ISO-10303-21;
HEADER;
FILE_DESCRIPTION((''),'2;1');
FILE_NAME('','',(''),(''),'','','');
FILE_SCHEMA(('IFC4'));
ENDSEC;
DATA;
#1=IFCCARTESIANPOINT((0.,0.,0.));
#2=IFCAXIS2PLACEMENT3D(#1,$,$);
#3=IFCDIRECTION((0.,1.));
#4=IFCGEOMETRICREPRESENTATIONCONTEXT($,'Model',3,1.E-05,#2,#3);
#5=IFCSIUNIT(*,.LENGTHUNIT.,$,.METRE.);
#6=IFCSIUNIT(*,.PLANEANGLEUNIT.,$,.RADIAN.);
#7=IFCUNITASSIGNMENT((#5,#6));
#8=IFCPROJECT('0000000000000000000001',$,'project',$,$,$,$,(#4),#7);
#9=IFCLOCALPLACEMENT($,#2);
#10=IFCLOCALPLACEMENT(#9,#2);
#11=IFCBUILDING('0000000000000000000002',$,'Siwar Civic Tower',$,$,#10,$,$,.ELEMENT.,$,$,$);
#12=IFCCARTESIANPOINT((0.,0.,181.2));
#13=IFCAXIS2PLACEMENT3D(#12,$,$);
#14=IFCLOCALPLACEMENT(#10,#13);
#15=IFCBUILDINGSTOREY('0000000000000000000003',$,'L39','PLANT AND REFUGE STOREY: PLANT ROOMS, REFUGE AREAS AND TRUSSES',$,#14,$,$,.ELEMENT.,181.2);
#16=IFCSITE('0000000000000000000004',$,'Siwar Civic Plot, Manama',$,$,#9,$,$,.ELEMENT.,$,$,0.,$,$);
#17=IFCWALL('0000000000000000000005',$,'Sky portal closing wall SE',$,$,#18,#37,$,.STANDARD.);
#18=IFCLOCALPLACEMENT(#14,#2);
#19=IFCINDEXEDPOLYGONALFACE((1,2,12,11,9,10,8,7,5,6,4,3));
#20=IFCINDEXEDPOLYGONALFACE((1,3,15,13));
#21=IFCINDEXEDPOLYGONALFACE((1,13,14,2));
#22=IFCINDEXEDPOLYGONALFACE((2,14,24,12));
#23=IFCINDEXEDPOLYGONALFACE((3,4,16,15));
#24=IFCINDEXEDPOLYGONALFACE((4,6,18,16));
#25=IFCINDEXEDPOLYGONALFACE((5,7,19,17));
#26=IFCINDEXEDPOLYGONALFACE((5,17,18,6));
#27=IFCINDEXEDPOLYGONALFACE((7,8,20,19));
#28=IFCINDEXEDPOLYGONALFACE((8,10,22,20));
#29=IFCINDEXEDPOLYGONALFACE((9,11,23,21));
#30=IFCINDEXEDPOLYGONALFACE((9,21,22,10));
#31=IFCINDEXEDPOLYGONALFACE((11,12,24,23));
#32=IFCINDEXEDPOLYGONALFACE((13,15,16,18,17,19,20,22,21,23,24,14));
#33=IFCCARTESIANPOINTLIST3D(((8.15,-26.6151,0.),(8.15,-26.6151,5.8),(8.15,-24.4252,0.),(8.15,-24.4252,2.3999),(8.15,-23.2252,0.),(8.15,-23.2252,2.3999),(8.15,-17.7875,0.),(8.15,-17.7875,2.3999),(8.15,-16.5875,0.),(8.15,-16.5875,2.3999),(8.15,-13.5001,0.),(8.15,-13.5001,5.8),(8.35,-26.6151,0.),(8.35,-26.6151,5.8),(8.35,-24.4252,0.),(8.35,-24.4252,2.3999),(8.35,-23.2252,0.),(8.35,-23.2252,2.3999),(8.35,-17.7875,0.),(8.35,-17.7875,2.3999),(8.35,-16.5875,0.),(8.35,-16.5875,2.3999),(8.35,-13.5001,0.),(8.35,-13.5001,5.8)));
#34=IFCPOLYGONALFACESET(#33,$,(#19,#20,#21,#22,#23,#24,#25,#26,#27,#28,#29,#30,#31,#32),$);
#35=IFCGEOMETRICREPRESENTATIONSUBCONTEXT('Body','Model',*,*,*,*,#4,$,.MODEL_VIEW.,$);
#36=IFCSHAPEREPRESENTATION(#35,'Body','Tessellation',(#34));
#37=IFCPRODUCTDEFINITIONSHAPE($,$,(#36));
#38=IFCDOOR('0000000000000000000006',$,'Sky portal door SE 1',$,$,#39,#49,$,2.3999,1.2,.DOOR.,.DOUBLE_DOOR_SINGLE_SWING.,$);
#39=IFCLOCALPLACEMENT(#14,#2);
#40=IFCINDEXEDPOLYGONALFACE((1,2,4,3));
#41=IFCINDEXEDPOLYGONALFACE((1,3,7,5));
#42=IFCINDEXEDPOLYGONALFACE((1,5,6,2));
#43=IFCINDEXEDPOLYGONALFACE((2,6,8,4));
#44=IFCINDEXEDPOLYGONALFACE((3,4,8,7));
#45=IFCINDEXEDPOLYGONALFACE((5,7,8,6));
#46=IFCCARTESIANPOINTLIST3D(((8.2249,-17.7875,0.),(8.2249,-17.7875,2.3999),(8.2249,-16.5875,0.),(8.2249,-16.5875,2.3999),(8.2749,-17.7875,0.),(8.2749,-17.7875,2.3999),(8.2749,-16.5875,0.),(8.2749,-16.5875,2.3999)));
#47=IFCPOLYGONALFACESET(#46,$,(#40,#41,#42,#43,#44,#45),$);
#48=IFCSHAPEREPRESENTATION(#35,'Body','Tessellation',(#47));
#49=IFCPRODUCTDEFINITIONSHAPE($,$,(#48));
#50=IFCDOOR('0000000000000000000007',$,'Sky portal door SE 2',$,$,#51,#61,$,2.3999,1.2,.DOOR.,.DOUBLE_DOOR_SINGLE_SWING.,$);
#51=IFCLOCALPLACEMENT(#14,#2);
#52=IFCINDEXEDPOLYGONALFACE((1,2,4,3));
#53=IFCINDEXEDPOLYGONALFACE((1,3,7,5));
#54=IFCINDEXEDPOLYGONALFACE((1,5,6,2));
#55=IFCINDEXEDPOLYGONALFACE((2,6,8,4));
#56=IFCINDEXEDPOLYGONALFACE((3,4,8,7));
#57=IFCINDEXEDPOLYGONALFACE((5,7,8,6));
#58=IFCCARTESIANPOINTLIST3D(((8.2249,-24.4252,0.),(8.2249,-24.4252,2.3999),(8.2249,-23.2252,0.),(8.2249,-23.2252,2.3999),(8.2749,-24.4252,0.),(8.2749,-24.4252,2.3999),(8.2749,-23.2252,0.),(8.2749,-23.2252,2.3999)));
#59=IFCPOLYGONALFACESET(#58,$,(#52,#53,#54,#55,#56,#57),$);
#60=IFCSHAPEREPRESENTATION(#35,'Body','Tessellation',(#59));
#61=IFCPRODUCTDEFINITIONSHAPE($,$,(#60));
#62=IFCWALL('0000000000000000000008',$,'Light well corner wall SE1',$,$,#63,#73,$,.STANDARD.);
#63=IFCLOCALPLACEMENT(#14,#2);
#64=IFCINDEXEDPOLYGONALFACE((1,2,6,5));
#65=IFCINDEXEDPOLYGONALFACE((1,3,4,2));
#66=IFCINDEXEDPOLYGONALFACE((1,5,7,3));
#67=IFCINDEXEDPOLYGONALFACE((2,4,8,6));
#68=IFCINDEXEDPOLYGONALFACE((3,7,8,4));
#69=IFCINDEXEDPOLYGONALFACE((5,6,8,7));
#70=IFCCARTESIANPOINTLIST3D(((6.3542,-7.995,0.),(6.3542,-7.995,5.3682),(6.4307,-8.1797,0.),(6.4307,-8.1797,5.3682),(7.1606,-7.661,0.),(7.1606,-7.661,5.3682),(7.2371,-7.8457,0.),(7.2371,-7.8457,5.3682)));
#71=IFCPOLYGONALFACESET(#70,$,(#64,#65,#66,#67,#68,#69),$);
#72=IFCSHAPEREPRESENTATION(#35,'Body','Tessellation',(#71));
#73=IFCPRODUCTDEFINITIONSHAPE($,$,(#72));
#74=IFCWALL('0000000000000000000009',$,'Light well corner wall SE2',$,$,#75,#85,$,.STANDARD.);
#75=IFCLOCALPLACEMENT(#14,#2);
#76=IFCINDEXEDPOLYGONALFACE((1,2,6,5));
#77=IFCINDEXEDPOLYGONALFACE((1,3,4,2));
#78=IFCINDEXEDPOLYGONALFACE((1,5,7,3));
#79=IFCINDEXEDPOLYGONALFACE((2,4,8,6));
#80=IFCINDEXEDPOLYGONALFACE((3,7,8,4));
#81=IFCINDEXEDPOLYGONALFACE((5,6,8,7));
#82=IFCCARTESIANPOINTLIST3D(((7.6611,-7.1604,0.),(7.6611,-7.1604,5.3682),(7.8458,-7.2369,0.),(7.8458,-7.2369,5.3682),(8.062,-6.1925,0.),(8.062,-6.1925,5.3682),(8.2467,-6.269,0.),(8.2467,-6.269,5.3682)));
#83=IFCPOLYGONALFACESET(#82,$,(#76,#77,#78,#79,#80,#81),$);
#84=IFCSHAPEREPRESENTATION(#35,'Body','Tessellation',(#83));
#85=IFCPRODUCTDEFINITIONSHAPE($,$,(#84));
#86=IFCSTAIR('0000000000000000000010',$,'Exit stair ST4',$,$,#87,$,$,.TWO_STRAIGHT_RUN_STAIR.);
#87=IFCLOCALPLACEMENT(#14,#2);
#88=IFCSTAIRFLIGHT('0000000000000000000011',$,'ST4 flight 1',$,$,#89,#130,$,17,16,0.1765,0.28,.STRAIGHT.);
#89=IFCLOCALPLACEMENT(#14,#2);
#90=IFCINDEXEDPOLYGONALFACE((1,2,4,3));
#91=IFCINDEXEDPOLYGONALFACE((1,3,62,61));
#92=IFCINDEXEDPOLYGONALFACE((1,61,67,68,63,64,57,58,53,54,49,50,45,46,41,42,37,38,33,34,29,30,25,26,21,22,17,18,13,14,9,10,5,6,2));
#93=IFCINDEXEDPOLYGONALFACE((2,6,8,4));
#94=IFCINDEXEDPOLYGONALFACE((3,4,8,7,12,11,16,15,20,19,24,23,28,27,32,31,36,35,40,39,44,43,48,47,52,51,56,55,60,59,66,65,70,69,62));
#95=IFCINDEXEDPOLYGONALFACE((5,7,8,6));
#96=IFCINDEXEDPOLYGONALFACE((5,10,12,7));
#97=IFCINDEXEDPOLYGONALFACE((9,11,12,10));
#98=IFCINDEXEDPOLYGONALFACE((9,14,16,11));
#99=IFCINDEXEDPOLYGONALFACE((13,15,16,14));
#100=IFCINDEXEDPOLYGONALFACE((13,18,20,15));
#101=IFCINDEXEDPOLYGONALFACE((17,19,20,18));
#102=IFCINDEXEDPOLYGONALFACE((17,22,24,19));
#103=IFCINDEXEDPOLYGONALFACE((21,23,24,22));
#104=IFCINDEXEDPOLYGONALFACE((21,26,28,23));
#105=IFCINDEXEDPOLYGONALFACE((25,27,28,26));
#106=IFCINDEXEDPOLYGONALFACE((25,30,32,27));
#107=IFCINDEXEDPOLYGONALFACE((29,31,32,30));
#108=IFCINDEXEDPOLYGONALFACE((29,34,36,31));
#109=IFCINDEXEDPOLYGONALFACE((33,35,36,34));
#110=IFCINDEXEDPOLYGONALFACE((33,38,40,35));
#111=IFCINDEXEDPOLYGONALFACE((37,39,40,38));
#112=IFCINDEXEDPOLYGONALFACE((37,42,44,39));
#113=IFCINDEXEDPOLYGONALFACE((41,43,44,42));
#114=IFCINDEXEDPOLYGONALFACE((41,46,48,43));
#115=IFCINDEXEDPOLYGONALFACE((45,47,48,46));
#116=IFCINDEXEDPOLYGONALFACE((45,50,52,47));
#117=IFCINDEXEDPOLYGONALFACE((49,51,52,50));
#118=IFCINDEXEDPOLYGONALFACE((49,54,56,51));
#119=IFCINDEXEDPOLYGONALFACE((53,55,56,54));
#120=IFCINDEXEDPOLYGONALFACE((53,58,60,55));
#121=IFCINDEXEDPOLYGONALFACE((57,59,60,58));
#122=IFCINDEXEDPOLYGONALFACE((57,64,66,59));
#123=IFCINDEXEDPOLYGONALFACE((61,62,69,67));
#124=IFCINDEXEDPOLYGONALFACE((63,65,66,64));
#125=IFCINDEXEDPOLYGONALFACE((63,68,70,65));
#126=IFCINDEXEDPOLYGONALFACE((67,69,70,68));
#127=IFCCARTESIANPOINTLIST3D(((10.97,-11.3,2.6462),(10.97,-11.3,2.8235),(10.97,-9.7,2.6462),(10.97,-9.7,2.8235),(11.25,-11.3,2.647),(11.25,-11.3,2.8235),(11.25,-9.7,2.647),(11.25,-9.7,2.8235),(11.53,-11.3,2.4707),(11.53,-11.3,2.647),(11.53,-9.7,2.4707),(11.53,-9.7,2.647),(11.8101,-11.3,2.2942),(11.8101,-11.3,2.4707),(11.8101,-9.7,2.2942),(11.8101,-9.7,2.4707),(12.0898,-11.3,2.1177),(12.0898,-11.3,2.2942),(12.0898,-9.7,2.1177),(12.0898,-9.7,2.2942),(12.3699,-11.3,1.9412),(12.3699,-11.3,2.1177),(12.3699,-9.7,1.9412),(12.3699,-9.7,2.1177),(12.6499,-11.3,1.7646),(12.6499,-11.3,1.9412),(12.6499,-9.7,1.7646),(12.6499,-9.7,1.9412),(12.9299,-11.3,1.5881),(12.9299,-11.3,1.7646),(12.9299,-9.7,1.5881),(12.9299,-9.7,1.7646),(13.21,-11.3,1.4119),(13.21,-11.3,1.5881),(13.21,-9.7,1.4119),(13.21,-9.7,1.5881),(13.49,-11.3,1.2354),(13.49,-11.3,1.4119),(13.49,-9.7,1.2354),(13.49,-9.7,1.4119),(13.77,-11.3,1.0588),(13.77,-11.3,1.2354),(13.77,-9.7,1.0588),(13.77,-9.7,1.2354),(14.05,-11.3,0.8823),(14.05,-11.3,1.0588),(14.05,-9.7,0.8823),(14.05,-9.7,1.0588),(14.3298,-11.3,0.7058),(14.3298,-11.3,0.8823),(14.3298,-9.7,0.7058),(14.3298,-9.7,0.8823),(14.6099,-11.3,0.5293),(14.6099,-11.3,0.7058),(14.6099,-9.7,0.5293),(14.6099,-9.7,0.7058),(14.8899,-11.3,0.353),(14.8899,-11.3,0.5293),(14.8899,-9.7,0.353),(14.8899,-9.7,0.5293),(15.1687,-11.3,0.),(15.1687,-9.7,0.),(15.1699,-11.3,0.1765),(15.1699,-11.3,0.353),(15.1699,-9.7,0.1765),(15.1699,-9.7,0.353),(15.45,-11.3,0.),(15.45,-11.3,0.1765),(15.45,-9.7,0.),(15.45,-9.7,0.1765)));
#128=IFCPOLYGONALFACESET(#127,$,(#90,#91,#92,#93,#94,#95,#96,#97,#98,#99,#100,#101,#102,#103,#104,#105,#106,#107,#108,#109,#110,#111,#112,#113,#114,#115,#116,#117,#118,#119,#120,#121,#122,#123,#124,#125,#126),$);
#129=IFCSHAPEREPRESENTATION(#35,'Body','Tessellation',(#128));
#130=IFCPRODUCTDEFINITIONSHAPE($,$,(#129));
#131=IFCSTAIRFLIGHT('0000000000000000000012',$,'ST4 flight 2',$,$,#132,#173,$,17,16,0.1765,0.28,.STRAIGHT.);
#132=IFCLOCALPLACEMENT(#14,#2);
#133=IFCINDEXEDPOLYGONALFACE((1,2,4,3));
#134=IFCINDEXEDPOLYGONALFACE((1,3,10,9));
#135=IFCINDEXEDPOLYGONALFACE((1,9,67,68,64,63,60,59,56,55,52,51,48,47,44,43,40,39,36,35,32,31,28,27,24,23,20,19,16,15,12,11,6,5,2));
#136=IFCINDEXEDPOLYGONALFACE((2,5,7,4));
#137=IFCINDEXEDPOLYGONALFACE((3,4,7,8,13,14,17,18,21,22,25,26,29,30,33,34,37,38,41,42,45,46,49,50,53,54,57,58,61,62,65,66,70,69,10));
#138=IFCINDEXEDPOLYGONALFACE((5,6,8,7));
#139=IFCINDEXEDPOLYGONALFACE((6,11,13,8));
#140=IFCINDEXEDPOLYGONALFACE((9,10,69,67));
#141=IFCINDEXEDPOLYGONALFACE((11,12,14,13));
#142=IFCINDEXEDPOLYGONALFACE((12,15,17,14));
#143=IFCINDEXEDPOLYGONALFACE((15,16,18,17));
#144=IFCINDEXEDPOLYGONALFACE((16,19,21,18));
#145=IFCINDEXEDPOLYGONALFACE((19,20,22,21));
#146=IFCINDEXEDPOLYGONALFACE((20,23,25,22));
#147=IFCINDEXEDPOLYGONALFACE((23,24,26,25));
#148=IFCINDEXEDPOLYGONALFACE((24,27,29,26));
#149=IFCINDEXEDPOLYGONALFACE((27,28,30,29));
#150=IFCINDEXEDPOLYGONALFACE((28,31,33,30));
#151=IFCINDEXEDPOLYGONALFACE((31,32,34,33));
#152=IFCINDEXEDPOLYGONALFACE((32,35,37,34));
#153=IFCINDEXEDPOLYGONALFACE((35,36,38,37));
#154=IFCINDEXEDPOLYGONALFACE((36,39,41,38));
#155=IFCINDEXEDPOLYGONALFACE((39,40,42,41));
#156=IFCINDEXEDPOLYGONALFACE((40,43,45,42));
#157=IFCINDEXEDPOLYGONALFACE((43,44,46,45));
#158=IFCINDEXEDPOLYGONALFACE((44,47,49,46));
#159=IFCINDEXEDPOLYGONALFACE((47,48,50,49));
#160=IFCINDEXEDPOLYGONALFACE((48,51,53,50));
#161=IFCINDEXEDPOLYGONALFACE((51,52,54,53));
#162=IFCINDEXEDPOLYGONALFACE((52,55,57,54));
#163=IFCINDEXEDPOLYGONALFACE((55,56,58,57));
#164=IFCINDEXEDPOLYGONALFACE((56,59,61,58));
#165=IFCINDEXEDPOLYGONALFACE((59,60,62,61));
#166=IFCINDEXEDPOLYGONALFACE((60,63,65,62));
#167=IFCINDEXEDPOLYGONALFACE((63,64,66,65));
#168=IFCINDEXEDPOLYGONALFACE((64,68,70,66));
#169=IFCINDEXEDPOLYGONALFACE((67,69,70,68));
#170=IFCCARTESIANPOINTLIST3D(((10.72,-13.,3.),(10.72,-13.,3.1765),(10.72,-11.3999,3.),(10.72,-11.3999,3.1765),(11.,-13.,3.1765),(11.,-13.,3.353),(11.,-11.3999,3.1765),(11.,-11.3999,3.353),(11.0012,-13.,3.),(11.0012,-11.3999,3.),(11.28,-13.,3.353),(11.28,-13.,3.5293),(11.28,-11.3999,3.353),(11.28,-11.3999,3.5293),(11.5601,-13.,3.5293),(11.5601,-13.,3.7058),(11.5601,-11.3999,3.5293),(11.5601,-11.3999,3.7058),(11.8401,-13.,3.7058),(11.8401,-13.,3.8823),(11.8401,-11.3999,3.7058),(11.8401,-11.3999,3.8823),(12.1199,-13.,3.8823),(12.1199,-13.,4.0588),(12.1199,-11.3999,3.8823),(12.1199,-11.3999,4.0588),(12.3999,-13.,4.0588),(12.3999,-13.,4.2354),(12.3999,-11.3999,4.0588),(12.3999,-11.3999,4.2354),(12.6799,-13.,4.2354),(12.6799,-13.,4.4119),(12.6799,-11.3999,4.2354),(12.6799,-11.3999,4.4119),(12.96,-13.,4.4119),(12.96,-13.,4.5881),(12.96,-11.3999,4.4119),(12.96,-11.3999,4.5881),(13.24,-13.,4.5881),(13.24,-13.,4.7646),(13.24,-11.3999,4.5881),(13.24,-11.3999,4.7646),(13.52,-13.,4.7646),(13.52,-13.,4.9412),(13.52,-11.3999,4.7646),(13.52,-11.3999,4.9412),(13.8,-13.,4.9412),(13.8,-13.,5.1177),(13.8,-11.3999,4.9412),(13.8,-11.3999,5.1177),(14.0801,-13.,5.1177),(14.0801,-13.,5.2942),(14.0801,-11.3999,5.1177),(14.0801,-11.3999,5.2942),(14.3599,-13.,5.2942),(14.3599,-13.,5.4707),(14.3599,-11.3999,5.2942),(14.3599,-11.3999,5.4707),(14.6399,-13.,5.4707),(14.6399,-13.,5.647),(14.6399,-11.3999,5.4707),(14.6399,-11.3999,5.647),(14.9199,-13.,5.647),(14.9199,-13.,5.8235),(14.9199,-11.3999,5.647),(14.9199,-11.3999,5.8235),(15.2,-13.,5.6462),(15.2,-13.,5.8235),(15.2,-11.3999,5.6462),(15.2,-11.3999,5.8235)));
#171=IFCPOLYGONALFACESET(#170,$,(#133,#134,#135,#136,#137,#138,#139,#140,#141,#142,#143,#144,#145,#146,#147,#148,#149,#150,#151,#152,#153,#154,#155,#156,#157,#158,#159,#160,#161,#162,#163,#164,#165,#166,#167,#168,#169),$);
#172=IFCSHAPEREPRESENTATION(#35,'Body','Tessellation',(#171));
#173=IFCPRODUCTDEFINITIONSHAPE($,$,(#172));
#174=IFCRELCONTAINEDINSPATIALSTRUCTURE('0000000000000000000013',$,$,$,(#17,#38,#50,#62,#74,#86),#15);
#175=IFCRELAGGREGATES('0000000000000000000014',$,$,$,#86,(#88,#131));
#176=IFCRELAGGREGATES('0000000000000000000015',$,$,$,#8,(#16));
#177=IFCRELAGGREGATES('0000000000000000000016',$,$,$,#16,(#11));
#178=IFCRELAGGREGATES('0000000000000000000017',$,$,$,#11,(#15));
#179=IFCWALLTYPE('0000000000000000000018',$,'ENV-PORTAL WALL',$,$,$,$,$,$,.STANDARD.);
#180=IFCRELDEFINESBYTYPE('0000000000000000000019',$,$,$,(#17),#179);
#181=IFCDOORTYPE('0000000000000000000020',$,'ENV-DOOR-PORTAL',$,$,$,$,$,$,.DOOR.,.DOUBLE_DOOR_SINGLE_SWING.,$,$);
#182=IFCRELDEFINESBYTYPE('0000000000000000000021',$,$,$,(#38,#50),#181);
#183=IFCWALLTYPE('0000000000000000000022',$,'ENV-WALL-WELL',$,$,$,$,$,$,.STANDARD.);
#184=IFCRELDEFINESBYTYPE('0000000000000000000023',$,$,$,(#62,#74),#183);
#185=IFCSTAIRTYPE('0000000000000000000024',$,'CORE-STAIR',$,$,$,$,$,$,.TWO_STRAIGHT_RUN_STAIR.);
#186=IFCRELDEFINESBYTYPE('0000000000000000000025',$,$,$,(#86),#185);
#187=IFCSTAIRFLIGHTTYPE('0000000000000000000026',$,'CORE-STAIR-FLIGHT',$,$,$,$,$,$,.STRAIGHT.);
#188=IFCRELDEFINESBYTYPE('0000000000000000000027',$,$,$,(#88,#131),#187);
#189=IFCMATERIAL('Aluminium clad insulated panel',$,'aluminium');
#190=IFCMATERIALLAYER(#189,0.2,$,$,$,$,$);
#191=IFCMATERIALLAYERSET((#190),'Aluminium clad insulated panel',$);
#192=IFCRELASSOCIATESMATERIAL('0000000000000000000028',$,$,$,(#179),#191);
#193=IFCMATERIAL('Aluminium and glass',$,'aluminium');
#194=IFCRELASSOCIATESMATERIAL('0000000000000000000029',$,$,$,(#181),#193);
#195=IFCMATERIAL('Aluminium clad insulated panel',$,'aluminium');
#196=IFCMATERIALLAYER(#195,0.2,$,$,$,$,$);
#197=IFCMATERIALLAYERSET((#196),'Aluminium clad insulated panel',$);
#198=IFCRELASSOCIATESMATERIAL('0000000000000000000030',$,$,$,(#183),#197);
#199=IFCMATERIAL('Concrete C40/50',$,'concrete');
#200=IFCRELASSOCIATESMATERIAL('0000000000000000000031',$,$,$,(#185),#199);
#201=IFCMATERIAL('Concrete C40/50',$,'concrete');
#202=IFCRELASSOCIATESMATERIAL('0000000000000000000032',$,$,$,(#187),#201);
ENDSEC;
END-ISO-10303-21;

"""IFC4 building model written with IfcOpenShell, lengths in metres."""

from ifc_helpers import new_model, si_unit, direction, frame, frame_2d, origin, place, context, subcontext, project, spatial, polyline, rectangle, outline, extrude, material, layer, layer_set, type_object, element, fill, aggregate, save


model = new_model("IFC4")

# Units and contexts
model_context = context("Model", 3, precision=1e-05, world=origin(), true_north=direction((0.0, 1.0)))
body_context = subcontext(model_context, "Body", "Model", "MODEL_VIEW")
ifc_project = project(units=[si_unit("LENGTHUNIT", "METRE"), si_unit("PLANEANGLEUNIT", "RADIAN")], contexts=[model_context])

# Site, building, storey
site_placement = place(None, origin())
site = spatial("IfcSite", under=ifc_project, at=site_placement, Name="Siwar Civic Plot, Manama", CompositionType="ELEMENT", RefElevation=0.0)
building_placement = place(site_placement, origin())
building = spatial("IfcBuilding", under=site, at=building_placement, Name="Siwar Civic Tower", CompositionType="ELEMENT")
storey_placement = place(building_placement, frame((0.0, 0.0, 181.2)))
storey = spatial("IfcBuildingStorey", under=building, at=storey_placement, Name="L39", Description="PLANT AND REFUGE STOREY: PLANT ROOMS, REFUGE AREAS AND TRUSSES", CompositionType="ELEMENT", Elevation=181.2)

# Wall, openings, doors
ifc_material_1 = material(Name="Aluminium clad insulated panel", Category="aluminium")
ifc_layer_1 = layer(ifc_material_1, 0.2)
ifc_layer_set_1 = layer_set([ifc_layer_1], Name="Aluminium clad insulated panel")
wall_type_1 = type_object("IfcWallType", Name="ENV-PORTAL WALL", PredefinedType="STANDARD", material=ifc_layer_set_1)
wall_1_placement = place(storey_placement, frame((8.25, -13.5, 0.0), z_axis=(0.0, 0.0, 1.0), x_axis=(0.0, -1.0, 0.0)))
wall_1 = element("IfcWall", 1, at=wall_1_placement, inside=storey, type_object=wall_type_1, Name="Sky portal closing wall SE", PredefinedType="STANDARD", context=body_context, shape_type="SweptSolid", body=[
    extrude(rectangle(XDim=13.115, YDim=0.2, at=frame_2d((6.5576, 0.0))), origin(), (0.0, 0.0, 1.0), 5.8),
])
opening_1_placement = place(wall_1_placement, frame((3.0874, 0.0, 0.0)))
opening_1 = element("IfcOpeningElement", 2, at=opening_1_placement, cuts=wall_1, PredefinedType="OPENING", context=body_context, shape_type="SweptSolid", body=[
    extrude(rectangle(XDim=1.2, YDim=2.3999, at=frame_2d((0.6001, 1.2))), frame((0.0, 0.1099, 0.0), z_axis=(0.0, -1.0, 0.0), x_axis=(1.0, 0.0, 0.0)), (0.0, 0.0, 1.0), 0.22),
])
opening_2_placement = place(wall_1_placement, frame((9.7251, 0.0, 0.0)))
opening_2 = element("IfcOpeningElement", 3, at=opening_2_placement, cuts=wall_1, PredefinedType="OPENING", context=body_context, shape_type="SweptSolid", body=[
    extrude(rectangle(XDim=1.2, YDim=2.3999, at=frame_2d((0.6001, 1.2))), frame((0.0, 0.1099, 0.0), z_axis=(0.0, -1.0, 0.0), x_axis=(1.0, 0.0, 0.0)), (0.0, 0.0, 1.0), 0.22),
])
ifc_material_2 = material(Name="Aluminium and glass", Category="aluminium")
door_type_1 = type_object("IfcDoorType", Name="ENV-DOOR-PORTAL", OperationType="DOUBLE_DOOR_SINGLE_SWING", PredefinedType="DOOR", material=ifc_material_2)
door_1_placement = place(opening_1_placement, origin())
door_1 = element("IfcDoor", 4, at=door_1_placement, inside=storey, type_object=door_type_1, Name="Sky portal door SE 1", OperationType="DOUBLE_DOOR_SINGLE_SWING", OverallHeight=2.3999, OverallWidth=1.2, PredefinedType="DOOR", context=body_context, shape_type="SweptSolid", body=[
    extrude(rectangle(XDim=1.2, YDim=2.3999, at=frame_2d((0.6001, 1.2))), frame((0.0, 0.0249, 0.0), z_axis=(0.0, -1.0, 0.0), x_axis=(1.0, 0.0, 0.0)), (0.0, 0.0, 1.0), 0.05),
])
fill(opening_1, door_1)
door_2_placement = place(opening_2_placement, origin())
door_2 = element("IfcDoor", 5, at=door_2_placement, inside=storey, type_object=door_type_1, Name="Sky portal door SE 2", OperationType="DOUBLE_DOOR_SINGLE_SWING", OverallHeight=2.3999, OverallWidth=1.2, PredefinedType="DOOR", context=body_context, shape_type="SweptSolid", body=[
    extrude(rectangle(XDim=1.2, YDim=2.3999, at=frame_2d((0.6001, 1.2))), frame((0.0, 0.0249, 0.0), z_axis=(0.0, -1.0, 0.0), x_axis=(1.0, 0.0, 0.0)), (0.0, 0.0, 1.0), 0.05),
])
fill(opening_2, door_2)

# Walls
ifc_material_3 = material(Name="Aluminium clad insulated panel", Category="aluminium")
ifc_layer_2 = layer(ifc_material_3, 0.2)
ifc_layer_set_2 = layer_set([ifc_layer_2], Name="Aluminium clad insulated panel")
wall_type_2 = type_object("IfcWallType", Name="ENV-WALL-WELL", PredefinedType="STANDARD", material=ifc_layer_set_2)
wall_2_placement = place(storey_placement, frame((6.3923, -8.0874, 0.0), z_axis=(0.0, 0.0, 1.0), x_axis=(0.923894, 0.382648, 0.0)))
element("IfcWall", 6, at=wall_2_placement, inside=storey, type_object=wall_type_2, Name="Light well corner wall SE1", PredefinedType="STANDARD", context=body_context, shape_type="SweptSolid", body=[
    extrude(rectangle(XDim=0.8728, YDim=0.2, at=frame_2d((0.4365, 0.0))), origin(), (0.0, 0.0, 1.0), 5.3682),
])
wall_3_placement = place(storey_placement, frame((7.7534, -7.1987, 0.0), z_axis=(0.0, 0.0, 1.0), x_axis=(0.382695, 0.923875, 0.0)))
element("IfcWall", 7, at=wall_3_placement, inside=storey, type_object=wall_type_2, Name="Light well corner wall SE2", PredefinedType="STANDARD", context=body_context, shape_type="SweptSolid", body=[
    extrude(rectangle(XDim=1.0476, YDim=0.2, at=frame_2d((0.5239, 0.0))), origin(), (0.0, 0.0, 1.0), 5.3682),
])

# Stair, stair flights
ifc_material_4 = material(Name="Concrete C40/50", Category="concrete")
stair_type = type_object("IfcStairType", Name="CORE-STAIR", PredefinedType="TWO_STRAIGHT_RUN_STAIR", material=ifc_material_4)
stair_placement = place(storey_placement, origin())
stair = element("IfcStair", 8, at=stair_placement, inside=storey, type_object=stair_type, Name="Exit stair ST4", PredefinedType="TWO_STRAIGHT_RUN_STAIR")
ifc_material_5 = material(Name="Concrete C40/50", Category="concrete")
stair_flight_type = type_object("IfcStairFlightType", Name="CORE-STAIR-FLIGHT", PredefinedType="STRAIGHT", material=ifc_material_5)
stair_flight_1_placement = place(storey_placement, frame((15.45, -10.5, 0.0), z_axis=(0.0, 0.0, 1.0), x_axis=(-1.0, 0.0, 0.0)))
stair_flight_1 = element("IfcStairFlight", 9, at=stair_flight_1_placement, type_object=stair_flight_type, Name="ST4 flight 1", NumberOfRisers=17, NumberOfTreads=16, PredefinedType="STRAIGHT", RiserHeight=0.1765, TreadLength=0.28, context=body_context, shape_type="SweptSolid", body=[
    extrude(outline(polyline([(0.0, 0.0), (0.0, 0.1765), (0.28, 0.1765), (0.28, 0.353), (0.5601, 0.353), (0.5601, 0.5293), (0.8401, 0.5293), (0.8401, 0.7058), (1.1201, 0.7058), (1.1201, 0.8823), (1.3999, 0.8823), (1.3999, 1.0588), (1.6799, 1.0588), (1.6799, 1.2354), (1.96, 1.2354), (1.96, 1.4119), (2.24, 1.4119), (2.24, 1.5881), (2.52, 1.5881), (2.52, 1.7646), (2.8, 1.7646), (2.8, 1.9412), (3.0801, 1.9412), (3.0801, 2.1177), (3.3601, 2.1177), (3.3601, 2.2942), (3.6399, 2.2942), (3.6399, 2.4707), (3.9199, 2.4707), (3.9199, 2.647), (4.2, 2.647), (4.2, 2.8235), (4.48, 2.8235), (4.48, 3.0), (4.48, 2.6462), (0.2812, 0.0), (0.0, 0.0)])), frame((0.0, 0.8, 0.0), z_axis=(0.0, -1.0, 0.0), x_axis=(1.0, 0.0, 0.0)), (0.0, 0.0, 1.0), 1.6001),
])
stair_flight_2_placement = place(storey_placement, frame((10.72, -12.2, 3.0), z_axis=(0.0, 0.0, 1.0), x_axis=(1.0, 0.0, 0.0)))
stair_flight_2 = element("IfcStairFlight", 10, at=stair_flight_2_placement, type_object=stair_flight_type, Name="ST4 flight 2", NumberOfRisers=17, NumberOfTreads=16, PredefinedType="STRAIGHT", RiserHeight=0.1765, TreadLength=0.28, context=body_context, shape_type="SweptSolid", body=[
    extrude(outline(polyline([(0.0, 0.0), (0.0, 0.1765), (0.28, 0.1765), (0.28, 0.353), (0.5601, 0.353), (0.5601, 0.5293), (0.8401, 0.5293), (0.8401, 0.7058), (1.1201, 0.7058), (1.1201, 0.8823), (1.3999, 0.8823), (1.3999, 1.0588), (1.6799, 1.0588), (1.6799, 1.2354), (1.96, 1.2354), (1.96, 1.4119), (2.24, 1.4119), (2.24, 1.5881), (2.52, 1.5881), (2.52, 1.7646), (2.8, 1.7646), (2.8, 1.9412), (3.0801, 1.9412), (3.0801, 2.1177), (3.3601, 2.1177), (3.3601, 2.2942), (3.6399, 2.2942), (3.6399, 2.4707), (3.9199, 2.4707), (3.9199, 2.647), (4.2, 2.647), (4.2, 2.8235), (4.48, 2.8235), (4.48, 3.0), (4.48, 2.6462), (0.2812, 0.0), (0.0, 0.0)])), frame((0.0, 0.8, 0.0), z_axis=(0.0, -1.0, 0.0), x_axis=(1.0, 0.0, 0.0)), (0.0, 0.0, 1.0), 1.6001),
])
aggregate(stair, [stair_flight_1, stair_flight_2])

save(model, "model.ifc")
